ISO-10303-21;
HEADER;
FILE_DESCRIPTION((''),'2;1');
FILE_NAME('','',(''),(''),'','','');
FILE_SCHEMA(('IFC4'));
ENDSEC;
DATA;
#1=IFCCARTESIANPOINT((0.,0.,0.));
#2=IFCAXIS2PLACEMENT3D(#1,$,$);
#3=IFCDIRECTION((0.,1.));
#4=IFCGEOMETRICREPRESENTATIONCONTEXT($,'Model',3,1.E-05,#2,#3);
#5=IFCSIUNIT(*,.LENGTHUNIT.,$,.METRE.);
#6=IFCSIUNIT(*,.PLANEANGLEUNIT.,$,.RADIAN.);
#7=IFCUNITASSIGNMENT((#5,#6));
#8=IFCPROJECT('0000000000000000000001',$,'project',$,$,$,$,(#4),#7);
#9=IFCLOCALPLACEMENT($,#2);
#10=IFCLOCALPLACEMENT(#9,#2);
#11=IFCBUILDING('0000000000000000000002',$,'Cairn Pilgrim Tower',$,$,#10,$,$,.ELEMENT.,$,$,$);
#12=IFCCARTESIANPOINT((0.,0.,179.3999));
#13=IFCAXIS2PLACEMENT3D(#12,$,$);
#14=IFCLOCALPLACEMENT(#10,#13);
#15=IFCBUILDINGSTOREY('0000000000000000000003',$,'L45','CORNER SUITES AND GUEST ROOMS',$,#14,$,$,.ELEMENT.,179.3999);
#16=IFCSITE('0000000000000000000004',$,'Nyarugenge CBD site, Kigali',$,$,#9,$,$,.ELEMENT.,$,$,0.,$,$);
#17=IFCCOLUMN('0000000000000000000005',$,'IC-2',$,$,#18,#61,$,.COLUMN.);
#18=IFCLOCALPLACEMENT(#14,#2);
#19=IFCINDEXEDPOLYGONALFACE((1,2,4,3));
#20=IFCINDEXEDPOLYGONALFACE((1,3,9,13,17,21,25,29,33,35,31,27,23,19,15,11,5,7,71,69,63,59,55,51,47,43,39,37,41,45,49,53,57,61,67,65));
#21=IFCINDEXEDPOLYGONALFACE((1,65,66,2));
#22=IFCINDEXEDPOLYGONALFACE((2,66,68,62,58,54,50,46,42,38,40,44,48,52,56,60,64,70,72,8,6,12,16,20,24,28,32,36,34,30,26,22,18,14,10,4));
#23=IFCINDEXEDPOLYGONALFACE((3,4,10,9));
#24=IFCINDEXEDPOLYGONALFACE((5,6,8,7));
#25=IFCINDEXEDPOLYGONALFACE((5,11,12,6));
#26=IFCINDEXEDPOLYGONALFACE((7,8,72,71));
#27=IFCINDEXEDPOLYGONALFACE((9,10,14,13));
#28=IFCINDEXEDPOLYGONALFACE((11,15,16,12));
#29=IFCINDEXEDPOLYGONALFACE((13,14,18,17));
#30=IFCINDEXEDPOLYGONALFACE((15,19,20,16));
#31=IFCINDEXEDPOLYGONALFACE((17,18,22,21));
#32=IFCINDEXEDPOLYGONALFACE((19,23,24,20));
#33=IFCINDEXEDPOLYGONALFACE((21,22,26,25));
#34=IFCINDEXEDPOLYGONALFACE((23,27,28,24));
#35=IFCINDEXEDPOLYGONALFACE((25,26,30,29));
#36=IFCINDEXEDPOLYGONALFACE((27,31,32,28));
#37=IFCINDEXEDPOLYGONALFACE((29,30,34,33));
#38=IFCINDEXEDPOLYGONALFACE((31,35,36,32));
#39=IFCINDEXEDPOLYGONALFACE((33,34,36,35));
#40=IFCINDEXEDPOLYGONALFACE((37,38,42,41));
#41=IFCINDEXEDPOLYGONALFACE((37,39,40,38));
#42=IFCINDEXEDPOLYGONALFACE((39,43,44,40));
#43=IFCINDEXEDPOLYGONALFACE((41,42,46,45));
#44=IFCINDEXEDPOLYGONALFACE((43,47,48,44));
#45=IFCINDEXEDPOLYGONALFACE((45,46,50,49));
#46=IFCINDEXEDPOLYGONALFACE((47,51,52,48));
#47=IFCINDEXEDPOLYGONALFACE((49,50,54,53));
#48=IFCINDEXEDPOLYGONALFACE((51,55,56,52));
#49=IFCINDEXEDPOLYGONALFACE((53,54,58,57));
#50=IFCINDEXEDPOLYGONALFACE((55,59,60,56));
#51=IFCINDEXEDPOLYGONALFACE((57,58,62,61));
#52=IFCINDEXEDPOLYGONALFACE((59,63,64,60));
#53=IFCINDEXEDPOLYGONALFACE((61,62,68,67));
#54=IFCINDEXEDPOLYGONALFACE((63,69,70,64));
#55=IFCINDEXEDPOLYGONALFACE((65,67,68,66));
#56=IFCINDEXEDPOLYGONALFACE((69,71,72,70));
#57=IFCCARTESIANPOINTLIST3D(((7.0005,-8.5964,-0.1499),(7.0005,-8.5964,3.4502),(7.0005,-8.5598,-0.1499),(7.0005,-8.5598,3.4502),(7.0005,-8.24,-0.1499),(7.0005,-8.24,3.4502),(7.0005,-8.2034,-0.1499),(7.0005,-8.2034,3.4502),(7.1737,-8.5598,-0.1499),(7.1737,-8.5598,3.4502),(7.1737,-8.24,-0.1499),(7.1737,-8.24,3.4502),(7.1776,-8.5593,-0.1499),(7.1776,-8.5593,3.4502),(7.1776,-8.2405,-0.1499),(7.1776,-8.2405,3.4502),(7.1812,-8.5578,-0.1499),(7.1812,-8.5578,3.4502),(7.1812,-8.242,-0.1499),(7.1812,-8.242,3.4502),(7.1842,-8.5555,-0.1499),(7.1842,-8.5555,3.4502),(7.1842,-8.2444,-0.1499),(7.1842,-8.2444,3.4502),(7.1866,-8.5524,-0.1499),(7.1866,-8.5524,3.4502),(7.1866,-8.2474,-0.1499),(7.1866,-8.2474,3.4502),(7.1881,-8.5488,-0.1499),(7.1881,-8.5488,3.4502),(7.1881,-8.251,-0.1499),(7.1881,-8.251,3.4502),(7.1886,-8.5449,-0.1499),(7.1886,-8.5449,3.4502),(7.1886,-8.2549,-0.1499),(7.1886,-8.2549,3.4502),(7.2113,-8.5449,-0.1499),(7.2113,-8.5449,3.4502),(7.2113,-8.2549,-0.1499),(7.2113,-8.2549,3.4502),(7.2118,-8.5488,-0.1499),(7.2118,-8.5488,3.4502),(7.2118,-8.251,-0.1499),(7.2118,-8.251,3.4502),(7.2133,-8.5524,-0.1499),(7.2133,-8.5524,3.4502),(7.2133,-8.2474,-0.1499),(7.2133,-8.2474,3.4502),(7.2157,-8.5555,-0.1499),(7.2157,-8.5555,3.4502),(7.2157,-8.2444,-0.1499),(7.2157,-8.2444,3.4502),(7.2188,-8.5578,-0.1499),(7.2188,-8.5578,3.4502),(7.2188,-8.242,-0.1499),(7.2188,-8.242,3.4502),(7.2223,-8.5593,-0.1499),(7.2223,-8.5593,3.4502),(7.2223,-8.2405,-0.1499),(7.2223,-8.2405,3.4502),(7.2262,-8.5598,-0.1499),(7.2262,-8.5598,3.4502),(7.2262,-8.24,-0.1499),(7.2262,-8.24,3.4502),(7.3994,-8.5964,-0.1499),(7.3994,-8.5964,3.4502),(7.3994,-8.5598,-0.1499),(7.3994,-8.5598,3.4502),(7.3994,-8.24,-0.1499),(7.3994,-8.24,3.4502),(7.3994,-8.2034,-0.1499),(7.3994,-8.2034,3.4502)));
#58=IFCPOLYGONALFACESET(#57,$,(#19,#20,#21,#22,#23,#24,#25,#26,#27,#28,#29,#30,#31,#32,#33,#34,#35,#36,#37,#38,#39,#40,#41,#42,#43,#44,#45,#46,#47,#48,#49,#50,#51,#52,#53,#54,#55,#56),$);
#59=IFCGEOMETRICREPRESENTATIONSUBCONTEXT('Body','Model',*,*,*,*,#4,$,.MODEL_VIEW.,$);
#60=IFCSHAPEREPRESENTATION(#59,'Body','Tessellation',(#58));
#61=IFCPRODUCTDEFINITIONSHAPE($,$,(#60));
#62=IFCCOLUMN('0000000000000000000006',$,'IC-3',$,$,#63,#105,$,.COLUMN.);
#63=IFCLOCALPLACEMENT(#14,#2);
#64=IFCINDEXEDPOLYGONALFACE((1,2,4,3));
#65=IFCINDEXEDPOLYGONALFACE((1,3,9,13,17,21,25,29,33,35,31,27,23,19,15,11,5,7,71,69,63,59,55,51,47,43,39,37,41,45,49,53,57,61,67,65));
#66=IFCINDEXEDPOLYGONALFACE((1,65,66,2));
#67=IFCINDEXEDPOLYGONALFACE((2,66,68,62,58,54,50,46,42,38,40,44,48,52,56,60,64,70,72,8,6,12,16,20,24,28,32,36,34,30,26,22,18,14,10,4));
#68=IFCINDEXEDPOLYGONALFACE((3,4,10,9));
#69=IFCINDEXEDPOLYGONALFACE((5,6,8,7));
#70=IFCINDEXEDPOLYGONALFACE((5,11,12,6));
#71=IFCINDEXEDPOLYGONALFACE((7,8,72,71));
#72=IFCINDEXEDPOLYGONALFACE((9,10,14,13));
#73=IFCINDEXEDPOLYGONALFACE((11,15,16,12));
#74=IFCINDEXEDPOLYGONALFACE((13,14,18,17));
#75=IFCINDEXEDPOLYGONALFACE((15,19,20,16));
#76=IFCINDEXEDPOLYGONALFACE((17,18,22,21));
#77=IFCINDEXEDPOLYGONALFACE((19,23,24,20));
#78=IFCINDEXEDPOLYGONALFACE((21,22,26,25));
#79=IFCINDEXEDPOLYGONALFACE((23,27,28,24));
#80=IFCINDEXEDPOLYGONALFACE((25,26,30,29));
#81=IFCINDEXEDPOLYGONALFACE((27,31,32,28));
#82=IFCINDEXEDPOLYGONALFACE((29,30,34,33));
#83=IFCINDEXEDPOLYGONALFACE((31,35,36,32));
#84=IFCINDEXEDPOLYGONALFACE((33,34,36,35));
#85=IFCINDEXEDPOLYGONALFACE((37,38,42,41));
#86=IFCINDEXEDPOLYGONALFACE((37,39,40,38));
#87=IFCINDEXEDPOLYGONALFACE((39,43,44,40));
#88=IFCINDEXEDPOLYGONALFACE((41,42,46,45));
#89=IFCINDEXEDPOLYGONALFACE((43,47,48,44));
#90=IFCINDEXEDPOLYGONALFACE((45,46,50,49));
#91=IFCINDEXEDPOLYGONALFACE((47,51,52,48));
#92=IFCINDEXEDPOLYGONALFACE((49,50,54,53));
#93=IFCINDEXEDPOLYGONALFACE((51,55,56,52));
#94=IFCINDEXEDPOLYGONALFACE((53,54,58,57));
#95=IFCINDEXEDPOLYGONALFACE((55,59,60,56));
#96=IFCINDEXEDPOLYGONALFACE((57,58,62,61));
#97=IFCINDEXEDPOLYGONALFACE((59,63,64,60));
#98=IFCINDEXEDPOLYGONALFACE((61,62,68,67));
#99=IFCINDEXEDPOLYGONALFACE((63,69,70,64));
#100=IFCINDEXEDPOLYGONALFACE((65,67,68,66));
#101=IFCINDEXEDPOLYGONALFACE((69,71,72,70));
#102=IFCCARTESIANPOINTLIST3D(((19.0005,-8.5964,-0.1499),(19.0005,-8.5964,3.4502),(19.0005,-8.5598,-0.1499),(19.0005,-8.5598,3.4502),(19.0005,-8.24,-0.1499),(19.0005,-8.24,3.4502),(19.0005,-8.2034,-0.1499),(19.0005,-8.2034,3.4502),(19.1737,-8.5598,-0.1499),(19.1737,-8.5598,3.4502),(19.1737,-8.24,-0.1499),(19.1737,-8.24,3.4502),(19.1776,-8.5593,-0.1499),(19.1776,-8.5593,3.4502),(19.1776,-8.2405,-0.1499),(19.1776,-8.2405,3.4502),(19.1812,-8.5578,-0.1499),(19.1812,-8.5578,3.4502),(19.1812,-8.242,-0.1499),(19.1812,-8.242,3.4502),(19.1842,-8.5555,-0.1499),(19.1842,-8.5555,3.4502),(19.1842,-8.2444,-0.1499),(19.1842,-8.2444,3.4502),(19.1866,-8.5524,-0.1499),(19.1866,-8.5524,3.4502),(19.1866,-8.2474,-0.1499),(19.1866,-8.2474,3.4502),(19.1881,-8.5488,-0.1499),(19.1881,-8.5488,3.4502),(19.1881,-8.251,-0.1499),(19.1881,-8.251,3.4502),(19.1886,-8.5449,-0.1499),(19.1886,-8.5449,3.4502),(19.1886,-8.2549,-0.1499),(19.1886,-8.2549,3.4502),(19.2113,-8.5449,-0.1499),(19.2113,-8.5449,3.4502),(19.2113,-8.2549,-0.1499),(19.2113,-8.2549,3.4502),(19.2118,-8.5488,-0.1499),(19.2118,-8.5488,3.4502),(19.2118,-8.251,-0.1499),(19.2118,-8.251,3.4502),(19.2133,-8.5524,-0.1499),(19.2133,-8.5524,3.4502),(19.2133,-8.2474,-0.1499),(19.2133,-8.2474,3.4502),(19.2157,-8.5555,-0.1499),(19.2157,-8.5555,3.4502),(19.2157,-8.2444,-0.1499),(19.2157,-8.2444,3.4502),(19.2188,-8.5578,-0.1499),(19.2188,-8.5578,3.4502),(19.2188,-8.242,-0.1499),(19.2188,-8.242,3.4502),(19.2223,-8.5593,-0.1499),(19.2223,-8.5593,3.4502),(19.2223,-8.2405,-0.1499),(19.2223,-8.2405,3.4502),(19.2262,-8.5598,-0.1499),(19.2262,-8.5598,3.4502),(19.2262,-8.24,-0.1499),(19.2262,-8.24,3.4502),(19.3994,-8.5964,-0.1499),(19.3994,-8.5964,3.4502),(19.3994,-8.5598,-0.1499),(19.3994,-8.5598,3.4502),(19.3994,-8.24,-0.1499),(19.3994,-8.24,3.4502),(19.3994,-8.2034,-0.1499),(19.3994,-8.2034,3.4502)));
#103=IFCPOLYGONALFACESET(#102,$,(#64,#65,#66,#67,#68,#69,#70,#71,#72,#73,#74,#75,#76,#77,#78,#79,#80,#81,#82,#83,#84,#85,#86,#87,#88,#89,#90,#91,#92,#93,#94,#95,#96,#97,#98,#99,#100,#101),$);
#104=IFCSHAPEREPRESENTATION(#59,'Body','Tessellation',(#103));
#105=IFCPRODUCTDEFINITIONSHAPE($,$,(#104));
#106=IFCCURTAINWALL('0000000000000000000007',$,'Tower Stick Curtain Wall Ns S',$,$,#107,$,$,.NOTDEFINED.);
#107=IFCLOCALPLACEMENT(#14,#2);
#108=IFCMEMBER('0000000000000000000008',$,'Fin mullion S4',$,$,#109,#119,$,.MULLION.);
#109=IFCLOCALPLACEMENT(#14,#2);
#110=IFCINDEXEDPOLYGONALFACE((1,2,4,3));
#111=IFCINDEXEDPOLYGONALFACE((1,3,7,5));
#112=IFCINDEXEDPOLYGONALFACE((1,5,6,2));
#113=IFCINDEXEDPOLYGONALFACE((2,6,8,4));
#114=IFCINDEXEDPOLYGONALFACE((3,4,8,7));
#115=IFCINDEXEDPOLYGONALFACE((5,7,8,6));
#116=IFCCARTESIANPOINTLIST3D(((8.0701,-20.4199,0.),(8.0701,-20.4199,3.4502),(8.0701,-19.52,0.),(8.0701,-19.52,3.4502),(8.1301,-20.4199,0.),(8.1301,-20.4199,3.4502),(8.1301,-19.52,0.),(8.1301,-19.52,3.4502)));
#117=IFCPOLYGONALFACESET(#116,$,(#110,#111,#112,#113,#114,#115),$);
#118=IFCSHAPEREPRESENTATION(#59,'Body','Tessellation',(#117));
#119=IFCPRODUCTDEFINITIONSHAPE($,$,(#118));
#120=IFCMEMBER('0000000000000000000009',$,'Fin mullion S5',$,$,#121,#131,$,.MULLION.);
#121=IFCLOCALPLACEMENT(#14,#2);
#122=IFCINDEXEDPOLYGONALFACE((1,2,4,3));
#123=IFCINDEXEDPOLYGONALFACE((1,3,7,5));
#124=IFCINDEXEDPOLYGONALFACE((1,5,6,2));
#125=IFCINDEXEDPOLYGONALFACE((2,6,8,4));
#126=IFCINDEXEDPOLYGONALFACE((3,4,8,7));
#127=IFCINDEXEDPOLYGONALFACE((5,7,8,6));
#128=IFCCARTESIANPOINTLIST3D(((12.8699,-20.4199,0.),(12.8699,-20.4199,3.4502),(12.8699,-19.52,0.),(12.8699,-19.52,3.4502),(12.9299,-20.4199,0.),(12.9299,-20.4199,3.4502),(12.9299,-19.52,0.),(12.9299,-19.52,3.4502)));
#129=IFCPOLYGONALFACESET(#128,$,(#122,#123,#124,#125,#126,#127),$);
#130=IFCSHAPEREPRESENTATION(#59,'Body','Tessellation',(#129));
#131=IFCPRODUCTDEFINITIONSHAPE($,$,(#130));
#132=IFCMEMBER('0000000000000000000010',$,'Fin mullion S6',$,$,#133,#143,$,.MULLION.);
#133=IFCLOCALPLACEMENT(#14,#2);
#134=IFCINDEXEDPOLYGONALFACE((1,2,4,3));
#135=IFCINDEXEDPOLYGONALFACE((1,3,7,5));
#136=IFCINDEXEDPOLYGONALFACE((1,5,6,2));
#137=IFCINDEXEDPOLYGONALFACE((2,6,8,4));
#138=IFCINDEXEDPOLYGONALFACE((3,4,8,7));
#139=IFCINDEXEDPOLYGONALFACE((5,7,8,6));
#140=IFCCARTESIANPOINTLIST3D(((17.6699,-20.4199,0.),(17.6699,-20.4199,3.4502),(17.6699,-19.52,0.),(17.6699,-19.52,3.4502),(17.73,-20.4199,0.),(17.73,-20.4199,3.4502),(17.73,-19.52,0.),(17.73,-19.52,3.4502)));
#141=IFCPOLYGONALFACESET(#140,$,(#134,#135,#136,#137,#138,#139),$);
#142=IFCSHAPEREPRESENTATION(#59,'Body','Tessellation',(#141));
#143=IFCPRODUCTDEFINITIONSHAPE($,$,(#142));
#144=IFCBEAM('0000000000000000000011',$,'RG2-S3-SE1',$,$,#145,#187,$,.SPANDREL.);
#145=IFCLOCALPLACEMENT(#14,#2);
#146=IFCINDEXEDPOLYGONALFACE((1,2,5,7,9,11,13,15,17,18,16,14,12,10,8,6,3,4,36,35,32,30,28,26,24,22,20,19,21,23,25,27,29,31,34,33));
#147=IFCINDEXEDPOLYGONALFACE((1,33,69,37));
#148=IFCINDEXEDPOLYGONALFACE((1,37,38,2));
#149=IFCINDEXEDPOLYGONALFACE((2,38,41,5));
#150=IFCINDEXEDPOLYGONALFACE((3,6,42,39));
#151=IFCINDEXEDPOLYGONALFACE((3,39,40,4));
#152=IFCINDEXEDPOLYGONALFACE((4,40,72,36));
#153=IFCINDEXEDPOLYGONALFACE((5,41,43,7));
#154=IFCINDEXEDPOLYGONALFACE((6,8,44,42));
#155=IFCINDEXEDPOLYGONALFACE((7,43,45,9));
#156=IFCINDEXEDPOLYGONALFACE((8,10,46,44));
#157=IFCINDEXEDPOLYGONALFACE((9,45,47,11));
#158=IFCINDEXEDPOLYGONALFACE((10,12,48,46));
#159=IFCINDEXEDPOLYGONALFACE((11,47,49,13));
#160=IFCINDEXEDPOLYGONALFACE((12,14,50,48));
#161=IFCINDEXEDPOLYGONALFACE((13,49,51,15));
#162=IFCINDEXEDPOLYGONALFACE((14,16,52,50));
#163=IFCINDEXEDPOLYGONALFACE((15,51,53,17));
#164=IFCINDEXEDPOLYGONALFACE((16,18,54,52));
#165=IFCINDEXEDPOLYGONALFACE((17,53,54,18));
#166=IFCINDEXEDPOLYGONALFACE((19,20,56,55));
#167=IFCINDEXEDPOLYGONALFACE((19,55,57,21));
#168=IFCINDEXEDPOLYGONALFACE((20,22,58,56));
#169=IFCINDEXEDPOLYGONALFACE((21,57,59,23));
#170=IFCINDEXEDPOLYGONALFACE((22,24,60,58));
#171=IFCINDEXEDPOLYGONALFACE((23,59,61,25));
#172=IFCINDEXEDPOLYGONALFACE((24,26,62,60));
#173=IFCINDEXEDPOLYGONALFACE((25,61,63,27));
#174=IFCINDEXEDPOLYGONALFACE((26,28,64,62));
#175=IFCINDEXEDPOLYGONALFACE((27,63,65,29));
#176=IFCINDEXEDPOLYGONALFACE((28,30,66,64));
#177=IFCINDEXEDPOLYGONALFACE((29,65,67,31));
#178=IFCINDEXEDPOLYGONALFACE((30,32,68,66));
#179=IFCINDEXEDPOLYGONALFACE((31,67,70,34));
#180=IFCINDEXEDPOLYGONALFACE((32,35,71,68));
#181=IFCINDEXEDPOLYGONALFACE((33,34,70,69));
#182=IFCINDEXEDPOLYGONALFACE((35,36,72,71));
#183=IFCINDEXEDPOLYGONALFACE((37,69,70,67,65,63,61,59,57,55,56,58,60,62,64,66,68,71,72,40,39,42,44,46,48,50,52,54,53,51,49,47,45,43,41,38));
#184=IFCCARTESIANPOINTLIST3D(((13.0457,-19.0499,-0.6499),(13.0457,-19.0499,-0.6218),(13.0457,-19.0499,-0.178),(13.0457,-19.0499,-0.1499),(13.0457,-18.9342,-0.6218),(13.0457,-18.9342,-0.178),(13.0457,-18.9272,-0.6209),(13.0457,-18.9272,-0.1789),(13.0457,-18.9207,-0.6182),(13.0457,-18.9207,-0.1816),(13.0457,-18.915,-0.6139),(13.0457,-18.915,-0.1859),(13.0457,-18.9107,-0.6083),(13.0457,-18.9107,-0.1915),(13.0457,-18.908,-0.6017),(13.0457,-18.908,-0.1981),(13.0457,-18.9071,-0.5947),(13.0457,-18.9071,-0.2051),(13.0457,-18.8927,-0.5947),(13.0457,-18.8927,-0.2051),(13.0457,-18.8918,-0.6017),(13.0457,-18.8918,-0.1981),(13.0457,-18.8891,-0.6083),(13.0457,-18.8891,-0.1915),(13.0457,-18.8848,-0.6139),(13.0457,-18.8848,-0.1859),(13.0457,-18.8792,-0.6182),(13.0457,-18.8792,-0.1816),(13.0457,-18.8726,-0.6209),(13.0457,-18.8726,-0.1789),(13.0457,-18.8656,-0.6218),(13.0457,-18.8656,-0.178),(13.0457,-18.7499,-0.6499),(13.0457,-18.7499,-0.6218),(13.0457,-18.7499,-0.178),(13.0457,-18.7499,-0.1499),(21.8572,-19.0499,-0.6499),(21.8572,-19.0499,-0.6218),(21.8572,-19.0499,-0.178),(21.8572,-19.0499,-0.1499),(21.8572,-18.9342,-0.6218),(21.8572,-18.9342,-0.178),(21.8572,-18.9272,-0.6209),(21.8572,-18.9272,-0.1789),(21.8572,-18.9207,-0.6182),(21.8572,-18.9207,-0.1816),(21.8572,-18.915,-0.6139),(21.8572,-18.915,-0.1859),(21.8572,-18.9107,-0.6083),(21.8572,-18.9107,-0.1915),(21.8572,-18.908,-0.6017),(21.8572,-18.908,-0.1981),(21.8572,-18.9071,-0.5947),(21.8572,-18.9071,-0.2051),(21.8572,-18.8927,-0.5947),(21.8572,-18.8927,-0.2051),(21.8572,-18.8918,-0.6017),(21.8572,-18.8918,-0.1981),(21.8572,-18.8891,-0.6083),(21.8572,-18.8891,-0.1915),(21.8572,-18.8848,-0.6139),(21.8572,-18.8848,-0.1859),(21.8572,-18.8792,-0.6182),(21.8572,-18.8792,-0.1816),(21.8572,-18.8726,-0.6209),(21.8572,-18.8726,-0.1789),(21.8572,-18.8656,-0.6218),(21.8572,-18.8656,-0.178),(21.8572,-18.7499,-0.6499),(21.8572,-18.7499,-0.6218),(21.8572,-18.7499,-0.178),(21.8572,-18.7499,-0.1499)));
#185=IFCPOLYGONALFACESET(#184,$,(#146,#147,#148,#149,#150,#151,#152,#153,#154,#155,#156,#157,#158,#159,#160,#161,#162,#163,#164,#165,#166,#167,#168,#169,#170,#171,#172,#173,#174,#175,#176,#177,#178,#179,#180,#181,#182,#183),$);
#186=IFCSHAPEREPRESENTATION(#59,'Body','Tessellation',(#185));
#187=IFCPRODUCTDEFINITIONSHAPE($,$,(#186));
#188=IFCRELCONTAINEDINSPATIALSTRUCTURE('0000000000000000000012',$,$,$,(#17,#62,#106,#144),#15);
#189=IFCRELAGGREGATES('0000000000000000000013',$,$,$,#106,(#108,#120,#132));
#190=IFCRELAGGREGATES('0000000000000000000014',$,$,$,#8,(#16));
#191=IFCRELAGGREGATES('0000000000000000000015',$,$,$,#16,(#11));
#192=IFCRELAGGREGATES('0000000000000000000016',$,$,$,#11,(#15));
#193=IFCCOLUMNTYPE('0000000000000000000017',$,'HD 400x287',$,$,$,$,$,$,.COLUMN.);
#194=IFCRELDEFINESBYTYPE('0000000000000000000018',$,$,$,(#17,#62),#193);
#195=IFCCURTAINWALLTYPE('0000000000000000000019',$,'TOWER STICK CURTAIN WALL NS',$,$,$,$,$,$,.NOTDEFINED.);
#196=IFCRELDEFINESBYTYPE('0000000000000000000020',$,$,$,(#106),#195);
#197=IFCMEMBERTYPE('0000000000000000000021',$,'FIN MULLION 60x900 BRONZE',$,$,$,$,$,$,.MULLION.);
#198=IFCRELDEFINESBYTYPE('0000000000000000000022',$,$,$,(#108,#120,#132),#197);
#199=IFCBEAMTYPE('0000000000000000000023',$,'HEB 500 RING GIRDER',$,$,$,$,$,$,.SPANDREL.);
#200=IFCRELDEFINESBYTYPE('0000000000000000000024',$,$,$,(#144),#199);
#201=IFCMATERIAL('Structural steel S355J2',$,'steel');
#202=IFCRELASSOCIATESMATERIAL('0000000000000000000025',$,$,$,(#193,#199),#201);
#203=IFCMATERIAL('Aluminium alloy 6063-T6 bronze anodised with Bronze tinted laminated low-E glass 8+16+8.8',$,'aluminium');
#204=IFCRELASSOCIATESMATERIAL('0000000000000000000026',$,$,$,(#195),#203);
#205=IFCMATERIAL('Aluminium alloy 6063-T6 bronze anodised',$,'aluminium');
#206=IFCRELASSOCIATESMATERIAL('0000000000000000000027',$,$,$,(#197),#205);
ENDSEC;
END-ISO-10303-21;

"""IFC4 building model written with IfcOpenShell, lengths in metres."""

from ifc_helpers import new_model, si_unit, direction, frame, origin, origin_2d, place, context, subcontext, project, spatial, rectangle, i_section, extrude, material, material_profile, profile_set, type_object, element, aggregate, save


model = new_model("IFC4")

# Units and contexts
model_context = context("Model", 3, precision=1e-05, world=origin(), true_north=direction((0.0, 1.0)))
body_context = subcontext(model_context, "Body", "Model", "MODEL_VIEW")
ifc_project = project(units=[si_unit("LENGTHUNIT", "METRE"), si_unit("PLANEANGLEUNIT", "RADIAN")], contexts=[model_context])

# Site, building, storey
site_placement = place(None, origin())
site = spatial("IfcSite", under=ifc_project, at=site_placement, Name="Nyarugenge CBD site, Kigali", CompositionType="ELEMENT", RefElevation=0.0)
building_placement = place(site_placement, origin())
building = spatial("IfcBuilding", under=site, at=building_placement, Name="Cairn Pilgrim Tower", CompositionType="ELEMENT")
storey_placement = place(building_placement, frame((0.0, 0.0, 179.3999)))
storey = spatial("IfcBuildingStorey", under=building, at=storey_placement, Name="L45", Description="CORNER SUITES AND GUEST ROOMS", CompositionType="ELEMENT", Elevation=179.3999)

# Columns
ifc_material_1 = material(Name="Structural steel S355J2", Category="steel")
ifc_material_profile_1 = material_profile(ifc_material_1, i_section(OverallWidth=0.3989, OverallDepth=0.3931, WebThickness=0.0227, FlangeThickness=0.0366, FilletRadius=0.0149, at=origin_2d()), Name="HD 400x287")
ifc_profile_set_1 = profile_set([ifc_material_profile_1], Name="Structural steel S355J2")
column_type_1 = type_object("IfcColumnType", Name="HD 400x287", PredefinedType="COLUMN", material=ifc_profile_set_1)
for number, where, z_axis, x_axis, name in (
    (1, (7.2, -8.3999, -0.1499), (0.0, 0.0, 1.0), (1.0, 0.0, 0.0), "IC-2"),
    (2, (19.2, -8.3999, -0.1499), (0.0, 0.0, 1.0), (1.0, 0.0, 0.0), "IC-3"),
):
    element("IfcColumn", number, at=place(storey_placement, frame(where, z_axis=z_axis, x_axis=x_axis)), inside=storey, type_object=column_type_1, Name=name, PredefinedType="COLUMN", context=body_context, shape_type="SweptSolid", body=[
        extrude(i_section(OverallWidth=0.3989, OverallDepth=0.3931, WebThickness=0.0227, FlangeThickness=0.0366, FilletRadius=0.0149, at=origin_2d()), origin(), (0.0, 0.0, 1.0), 3.6001),
    ])

# Curtain wall, members
ifc_material_2 = material(Name="Aluminium alloy 6063-T6 bronze anodised with Bronze tinted laminated low-E glass 8+16+8.8", Category="aluminium")
curtain_wall_type = type_object("IfcCurtainWallType", Name="TOWER STICK CURTAIN WALL NS", PredefinedType="NOTDEFINED", material=ifc_material_2)
curtain_wall_placement = place(storey_placement, origin())
curtain_wall = element("IfcCurtainWall", 3, at=curtain_wall_placement, inside=storey, type_object=curtain_wall_type, Name="Tower Stick Curtain Wall Ns S", PredefinedType="NOTDEFINED")
ifc_material_3 = material(Name="Aluminium alloy 6063-T6 bronze anodised", Category="aluminium")
ifc_material_profile_2 = material_profile(ifc_material_3, rectangle(XDim=0.8999, YDim=0.0601, at=origin_2d()), Name="FIN MULLION 60x900 BRONZE")
ifc_profile_set_2 = profile_set([ifc_material_profile_2], Name="Aluminium alloy 6063-T6 bronze anodised")
member_type = type_object("IfcMemberType", Name="FIN MULLION 60x900 BRONZE", PredefinedType="MULLION", material=ifc_profile_set_2)
member_1_placement = place(storey_placement, frame((8.1001, -19.97, 0.0), z_axis=(0.0, 0.0, 1.0), x_axis=(0.0, -1.0, 0.0)))
member_1 = element("IfcMember", 4, at=member_1_placement, type_object=member_type, Name="Fin mullion S4", PredefinedType="MULLION", context=body_context, shape_type="SweptSolid", body=[
    extrude(rectangle(XDim=0.8999, YDim=0.0601, at=origin_2d()), origin(), (0.0, 0.0, 1.0), 3.4502),
])
member_2_placement = place(storey_placement, frame((12.8999, -19.97, 0.0), z_axis=(0.0, 0.0, 1.0), x_axis=(0.0, -1.0, 0.0)))
member_2 = element("IfcMember", 5, at=member_2_placement, type_object=member_type, Name="Fin mullion S5", PredefinedType="MULLION", context=body_context, shape_type="SweptSolid", body=[
    extrude(rectangle(XDim=0.8999, YDim=0.0601, at=origin_2d()), origin(), (0.0, 0.0, 1.0), 3.4502),
])
member_3_placement = place(storey_placement, frame((17.7, -19.97, 0.0), z_axis=(0.0, 0.0, 1.0), x_axis=(0.0, -1.0, 0.0)))
member_3 = element("IfcMember", 6, at=member_3_placement, type_object=member_type, Name="Fin mullion S6", PredefinedType="MULLION", context=body_context, shape_type="SweptSolid", body=[
    extrude(rectangle(XDim=0.8999, YDim=0.0601, at=origin_2d()), origin(), (0.0, 0.0, 1.0), 3.4502),
])
aggregate(curtain_wall, [member_1, member_2, member_3])

# Beam
ifc_material_profile_3 = material_profile(ifc_material_1, i_section(OverallWidth=0.3, OverallDepth=0.5, WebThickness=0.0144, FlangeThickness=0.0281, FilletRadius=0.0271, at=origin_2d()), Name="HEB 500")
ifc_profile_set_3 = profile_set([ifc_material_profile_3], Name="Structural steel S355J2")
beam_type_1 = type_object("IfcBeamType", Name="HEB 500 RING GIRDER", PredefinedType="SPANDREL", material=ifc_profile_set_3)
beam_1_placement = place(storey_placement, frame((13.0457, -18.8999, -0.3999), z_axis=(1.0, 0.0, 0.0), x_axis=(0.0, 1.0, 0.0)))
element("IfcBeam", 7, at=beam_1_placement, inside=storey, type_object=beam_type_1, Name="RG2-S3-SE1", PredefinedType="SPANDREL", context=body_context, shape_type="SweptSolid", body=[
    extrude(i_section(OverallWidth=0.3, OverallDepth=0.5, WebThickness=0.0144, FlangeThickness=0.0281, FilletRadius=0.0271, at=origin_2d()), origin(), (0.0, 0.0, 1.0), 8.8115),
])

save(model, "model.ifc")
